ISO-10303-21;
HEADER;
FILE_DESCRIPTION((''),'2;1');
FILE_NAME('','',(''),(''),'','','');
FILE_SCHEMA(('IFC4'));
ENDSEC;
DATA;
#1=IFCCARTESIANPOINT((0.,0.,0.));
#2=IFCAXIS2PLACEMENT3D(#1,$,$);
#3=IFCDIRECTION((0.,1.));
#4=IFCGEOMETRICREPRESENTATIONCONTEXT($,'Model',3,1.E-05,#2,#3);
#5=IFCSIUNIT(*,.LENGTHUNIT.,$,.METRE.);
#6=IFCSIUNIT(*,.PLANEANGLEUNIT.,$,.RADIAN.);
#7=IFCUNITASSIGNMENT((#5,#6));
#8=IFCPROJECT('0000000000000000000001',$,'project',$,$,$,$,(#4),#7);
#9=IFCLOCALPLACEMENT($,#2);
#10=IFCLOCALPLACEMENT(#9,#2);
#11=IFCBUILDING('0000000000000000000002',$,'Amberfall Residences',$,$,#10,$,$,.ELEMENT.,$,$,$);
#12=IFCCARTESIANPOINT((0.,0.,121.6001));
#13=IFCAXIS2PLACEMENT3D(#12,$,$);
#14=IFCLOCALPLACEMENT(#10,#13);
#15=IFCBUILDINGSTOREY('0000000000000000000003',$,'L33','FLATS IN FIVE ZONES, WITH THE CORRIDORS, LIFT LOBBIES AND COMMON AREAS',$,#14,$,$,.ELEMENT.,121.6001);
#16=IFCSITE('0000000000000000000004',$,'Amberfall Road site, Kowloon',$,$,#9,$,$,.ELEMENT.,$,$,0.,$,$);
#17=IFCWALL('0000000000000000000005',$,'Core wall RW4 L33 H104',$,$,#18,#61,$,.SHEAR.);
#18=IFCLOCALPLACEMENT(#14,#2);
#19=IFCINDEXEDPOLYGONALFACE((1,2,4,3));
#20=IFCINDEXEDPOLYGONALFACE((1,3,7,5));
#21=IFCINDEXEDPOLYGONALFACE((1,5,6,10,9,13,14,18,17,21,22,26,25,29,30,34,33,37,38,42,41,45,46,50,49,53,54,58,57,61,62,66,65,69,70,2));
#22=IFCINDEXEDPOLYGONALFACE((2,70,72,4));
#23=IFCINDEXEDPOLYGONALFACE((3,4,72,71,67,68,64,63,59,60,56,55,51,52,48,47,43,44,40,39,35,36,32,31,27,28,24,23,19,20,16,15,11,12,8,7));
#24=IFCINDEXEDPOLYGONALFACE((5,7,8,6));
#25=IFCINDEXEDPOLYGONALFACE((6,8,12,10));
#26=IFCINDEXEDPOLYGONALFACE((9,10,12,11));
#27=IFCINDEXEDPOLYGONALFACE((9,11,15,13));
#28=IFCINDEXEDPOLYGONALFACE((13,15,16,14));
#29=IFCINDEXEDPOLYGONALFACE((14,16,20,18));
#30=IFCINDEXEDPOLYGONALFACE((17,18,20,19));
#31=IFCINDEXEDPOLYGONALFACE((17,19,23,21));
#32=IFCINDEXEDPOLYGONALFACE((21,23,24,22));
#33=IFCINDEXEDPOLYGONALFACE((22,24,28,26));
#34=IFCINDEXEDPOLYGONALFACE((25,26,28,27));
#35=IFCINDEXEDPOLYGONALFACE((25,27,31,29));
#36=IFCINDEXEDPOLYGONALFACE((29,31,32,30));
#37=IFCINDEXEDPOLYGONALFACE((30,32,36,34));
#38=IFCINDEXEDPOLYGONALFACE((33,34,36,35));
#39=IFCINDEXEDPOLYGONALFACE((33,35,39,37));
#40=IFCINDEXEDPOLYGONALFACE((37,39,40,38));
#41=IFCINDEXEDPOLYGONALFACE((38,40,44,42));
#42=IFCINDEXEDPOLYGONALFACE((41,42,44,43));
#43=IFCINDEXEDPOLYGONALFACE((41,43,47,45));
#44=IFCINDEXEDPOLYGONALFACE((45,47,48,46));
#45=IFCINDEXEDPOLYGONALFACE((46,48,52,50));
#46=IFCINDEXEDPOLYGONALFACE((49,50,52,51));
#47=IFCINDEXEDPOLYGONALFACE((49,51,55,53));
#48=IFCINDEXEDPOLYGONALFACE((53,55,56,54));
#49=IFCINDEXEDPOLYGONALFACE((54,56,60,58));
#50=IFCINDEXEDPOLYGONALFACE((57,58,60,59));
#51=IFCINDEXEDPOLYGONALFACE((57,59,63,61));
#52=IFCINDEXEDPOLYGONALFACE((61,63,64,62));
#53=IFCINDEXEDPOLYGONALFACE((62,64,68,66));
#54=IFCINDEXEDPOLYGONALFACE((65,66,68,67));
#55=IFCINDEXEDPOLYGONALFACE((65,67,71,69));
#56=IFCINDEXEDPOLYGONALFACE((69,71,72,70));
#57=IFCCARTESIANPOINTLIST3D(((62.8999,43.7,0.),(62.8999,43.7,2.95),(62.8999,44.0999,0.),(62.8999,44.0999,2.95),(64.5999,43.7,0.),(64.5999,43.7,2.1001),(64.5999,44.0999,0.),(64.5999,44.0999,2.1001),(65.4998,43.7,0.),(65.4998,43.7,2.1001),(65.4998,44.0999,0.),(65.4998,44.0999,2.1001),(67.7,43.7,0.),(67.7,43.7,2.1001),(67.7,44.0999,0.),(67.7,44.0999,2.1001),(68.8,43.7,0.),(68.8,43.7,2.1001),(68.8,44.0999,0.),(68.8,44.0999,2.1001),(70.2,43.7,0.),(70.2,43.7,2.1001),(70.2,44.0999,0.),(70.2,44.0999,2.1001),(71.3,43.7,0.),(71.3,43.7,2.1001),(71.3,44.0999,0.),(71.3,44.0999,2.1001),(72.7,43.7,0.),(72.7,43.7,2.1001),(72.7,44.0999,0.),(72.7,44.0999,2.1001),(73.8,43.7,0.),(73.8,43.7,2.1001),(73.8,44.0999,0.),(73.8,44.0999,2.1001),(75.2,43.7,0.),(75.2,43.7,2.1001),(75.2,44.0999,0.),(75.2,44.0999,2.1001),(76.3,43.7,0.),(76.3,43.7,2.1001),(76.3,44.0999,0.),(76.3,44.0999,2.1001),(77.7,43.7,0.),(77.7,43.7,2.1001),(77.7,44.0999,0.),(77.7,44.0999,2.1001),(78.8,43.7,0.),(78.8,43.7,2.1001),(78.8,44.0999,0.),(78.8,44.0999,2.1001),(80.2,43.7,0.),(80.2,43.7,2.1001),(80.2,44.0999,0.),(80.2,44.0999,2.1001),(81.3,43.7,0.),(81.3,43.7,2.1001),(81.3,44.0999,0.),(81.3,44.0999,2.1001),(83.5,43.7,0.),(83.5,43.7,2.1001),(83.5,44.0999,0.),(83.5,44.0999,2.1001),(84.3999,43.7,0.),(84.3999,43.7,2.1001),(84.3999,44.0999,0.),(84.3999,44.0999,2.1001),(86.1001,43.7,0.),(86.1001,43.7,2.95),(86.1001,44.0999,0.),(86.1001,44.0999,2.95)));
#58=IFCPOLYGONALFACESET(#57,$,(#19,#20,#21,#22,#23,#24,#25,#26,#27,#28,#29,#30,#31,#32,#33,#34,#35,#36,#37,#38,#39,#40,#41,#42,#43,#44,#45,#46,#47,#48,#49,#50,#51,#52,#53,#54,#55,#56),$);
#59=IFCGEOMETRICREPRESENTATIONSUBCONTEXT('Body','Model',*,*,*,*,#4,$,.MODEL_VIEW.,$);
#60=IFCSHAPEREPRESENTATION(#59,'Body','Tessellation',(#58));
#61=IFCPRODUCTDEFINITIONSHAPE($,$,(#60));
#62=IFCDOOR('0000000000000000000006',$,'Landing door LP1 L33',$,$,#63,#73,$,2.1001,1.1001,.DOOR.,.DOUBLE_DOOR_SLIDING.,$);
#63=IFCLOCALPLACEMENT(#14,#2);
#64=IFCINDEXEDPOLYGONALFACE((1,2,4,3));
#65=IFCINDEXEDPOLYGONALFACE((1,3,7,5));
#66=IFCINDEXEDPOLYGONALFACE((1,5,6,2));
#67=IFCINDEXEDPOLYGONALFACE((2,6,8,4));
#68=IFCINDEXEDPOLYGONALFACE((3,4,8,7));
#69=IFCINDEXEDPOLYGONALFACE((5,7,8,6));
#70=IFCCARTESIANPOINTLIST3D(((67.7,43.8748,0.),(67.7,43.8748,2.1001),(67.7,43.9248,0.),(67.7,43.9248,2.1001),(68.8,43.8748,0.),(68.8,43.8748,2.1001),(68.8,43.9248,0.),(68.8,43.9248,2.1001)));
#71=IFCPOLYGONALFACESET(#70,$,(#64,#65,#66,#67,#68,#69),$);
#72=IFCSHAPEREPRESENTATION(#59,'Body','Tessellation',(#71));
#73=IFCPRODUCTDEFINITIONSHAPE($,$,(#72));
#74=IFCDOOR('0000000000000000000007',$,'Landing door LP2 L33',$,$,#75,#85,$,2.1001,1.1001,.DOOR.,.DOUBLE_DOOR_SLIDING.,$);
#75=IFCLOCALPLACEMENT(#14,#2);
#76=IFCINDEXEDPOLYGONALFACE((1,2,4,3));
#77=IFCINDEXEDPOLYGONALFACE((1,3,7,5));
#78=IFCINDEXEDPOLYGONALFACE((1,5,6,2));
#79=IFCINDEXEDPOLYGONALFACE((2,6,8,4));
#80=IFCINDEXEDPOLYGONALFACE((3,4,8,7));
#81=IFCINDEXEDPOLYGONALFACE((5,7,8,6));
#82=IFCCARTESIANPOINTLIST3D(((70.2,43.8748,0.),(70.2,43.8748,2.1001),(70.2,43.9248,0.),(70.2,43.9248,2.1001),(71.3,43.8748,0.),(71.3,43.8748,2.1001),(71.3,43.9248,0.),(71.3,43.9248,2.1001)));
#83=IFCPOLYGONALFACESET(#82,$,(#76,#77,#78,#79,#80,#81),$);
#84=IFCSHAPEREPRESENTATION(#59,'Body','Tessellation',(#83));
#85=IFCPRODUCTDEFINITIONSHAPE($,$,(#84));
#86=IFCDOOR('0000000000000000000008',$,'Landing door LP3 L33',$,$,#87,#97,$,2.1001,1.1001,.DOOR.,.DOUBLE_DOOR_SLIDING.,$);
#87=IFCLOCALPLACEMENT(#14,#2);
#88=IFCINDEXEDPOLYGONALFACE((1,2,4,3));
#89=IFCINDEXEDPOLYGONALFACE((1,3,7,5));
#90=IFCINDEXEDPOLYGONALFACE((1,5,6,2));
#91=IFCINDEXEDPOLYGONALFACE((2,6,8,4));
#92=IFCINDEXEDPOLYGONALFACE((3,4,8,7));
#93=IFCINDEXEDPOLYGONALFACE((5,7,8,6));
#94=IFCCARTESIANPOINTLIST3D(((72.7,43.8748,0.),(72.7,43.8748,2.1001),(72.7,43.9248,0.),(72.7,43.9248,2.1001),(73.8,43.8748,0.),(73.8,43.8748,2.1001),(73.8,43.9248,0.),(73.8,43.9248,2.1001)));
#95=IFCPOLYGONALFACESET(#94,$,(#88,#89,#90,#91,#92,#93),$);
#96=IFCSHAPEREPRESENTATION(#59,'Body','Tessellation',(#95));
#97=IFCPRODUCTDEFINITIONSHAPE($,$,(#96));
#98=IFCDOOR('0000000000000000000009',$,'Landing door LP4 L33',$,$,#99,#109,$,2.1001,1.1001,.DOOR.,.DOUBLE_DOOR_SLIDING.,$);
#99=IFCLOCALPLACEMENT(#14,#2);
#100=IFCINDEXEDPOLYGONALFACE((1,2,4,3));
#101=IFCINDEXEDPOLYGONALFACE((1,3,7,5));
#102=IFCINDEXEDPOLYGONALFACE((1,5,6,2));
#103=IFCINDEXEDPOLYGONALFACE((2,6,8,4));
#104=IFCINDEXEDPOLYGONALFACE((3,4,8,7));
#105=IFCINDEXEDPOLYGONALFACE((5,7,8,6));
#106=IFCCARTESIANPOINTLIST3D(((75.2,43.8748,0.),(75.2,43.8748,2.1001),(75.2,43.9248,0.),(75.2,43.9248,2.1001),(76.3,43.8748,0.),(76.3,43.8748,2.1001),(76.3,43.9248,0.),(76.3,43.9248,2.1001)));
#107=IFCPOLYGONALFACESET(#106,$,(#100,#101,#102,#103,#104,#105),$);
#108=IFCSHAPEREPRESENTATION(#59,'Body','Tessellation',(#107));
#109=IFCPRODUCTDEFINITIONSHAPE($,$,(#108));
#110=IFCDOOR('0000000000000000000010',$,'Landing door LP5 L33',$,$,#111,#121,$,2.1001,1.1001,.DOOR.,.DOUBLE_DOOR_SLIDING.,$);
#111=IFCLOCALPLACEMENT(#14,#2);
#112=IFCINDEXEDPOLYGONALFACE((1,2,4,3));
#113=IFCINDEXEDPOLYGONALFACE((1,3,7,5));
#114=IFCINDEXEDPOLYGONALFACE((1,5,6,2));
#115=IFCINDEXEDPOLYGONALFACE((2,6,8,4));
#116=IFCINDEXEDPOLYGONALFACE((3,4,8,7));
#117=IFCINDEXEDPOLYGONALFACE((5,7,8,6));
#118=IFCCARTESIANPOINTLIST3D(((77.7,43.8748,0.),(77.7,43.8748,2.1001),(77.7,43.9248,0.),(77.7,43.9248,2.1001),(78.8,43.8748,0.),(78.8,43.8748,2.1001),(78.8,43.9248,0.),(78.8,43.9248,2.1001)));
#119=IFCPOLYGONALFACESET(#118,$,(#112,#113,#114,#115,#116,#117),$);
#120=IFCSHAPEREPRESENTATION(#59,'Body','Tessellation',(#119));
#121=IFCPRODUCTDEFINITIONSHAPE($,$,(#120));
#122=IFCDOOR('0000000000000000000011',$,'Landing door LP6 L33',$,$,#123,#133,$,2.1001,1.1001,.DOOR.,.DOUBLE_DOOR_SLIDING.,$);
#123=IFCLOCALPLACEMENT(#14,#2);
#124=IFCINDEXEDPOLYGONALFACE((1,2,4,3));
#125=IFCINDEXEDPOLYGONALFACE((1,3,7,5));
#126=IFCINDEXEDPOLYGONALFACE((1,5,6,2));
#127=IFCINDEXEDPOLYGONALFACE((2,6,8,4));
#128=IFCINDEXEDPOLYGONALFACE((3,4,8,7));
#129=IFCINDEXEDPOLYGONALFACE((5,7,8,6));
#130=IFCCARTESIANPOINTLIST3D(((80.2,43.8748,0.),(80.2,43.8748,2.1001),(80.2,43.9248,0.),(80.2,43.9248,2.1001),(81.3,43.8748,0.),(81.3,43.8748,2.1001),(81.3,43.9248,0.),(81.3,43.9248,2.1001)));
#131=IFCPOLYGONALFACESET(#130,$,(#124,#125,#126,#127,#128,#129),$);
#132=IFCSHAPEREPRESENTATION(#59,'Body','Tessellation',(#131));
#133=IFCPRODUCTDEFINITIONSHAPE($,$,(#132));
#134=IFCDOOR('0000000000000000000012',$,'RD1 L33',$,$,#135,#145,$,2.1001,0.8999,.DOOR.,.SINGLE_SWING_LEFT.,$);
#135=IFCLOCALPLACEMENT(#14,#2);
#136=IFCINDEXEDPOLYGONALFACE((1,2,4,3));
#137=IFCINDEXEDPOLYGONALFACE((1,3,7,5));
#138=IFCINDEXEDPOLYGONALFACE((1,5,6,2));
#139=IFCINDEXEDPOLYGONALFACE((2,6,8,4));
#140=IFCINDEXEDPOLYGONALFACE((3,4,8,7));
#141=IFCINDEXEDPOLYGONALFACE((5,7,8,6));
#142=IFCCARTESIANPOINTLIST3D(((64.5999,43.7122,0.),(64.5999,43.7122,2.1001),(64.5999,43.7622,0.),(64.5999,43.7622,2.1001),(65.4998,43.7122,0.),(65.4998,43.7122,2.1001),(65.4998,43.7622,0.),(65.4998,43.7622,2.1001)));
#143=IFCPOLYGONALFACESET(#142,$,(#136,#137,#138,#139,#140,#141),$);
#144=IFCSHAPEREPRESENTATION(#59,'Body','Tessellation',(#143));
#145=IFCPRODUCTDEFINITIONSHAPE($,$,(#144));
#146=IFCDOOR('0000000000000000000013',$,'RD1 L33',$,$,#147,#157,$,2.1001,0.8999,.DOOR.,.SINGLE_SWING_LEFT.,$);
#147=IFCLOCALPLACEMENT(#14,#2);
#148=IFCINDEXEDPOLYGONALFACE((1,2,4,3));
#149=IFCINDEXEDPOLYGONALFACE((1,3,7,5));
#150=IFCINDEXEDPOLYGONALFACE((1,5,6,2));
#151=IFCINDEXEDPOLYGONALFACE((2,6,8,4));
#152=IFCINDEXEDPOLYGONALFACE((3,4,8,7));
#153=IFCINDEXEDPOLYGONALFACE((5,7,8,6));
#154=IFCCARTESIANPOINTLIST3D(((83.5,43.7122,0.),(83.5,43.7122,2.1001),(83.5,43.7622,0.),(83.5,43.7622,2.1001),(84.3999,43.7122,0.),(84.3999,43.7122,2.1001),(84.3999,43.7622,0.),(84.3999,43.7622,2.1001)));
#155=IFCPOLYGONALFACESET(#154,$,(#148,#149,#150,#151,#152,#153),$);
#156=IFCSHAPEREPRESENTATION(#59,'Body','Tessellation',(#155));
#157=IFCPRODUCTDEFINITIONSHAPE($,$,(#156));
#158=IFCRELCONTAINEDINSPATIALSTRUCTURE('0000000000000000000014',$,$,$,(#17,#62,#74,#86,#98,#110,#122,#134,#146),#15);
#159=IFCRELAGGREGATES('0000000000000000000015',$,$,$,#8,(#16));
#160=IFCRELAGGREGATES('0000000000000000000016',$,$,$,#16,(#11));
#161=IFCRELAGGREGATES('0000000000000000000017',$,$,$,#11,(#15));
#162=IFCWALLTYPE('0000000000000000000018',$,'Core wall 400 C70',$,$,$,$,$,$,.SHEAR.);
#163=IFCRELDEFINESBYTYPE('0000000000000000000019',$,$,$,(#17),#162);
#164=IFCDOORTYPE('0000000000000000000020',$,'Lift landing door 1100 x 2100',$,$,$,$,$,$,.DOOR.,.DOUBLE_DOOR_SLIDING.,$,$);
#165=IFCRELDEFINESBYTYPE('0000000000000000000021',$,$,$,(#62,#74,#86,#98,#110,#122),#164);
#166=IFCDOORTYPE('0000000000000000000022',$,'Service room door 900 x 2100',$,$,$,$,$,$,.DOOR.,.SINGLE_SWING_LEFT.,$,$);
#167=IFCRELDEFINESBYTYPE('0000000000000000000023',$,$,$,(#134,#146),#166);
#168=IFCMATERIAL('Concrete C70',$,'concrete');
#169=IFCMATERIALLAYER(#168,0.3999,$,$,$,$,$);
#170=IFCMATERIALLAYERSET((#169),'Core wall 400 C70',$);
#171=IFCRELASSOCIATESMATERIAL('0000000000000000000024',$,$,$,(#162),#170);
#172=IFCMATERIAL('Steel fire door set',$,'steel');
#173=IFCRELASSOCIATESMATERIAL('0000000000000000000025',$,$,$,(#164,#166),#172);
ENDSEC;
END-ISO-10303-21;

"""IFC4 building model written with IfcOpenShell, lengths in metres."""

from ifc_helpers import new_model, si_unit, direction, frame, frame_2d, origin, place, context, subcontext, project, spatial, rectangle, extrude, material, layer, layer_set, type_object, element, fill, save


model = new_model("IFC4")

# Units and contexts
model_context = context("Model", 3, precision=1e-05, world=origin(), true_north=direction((0.0, 1.0)))
body_context = subcontext(model_context, "Body", "Model", "MODEL_VIEW")
ifc_project = project(units=[si_unit("LENGTHUNIT", "METRE"), si_unit("PLANEANGLEUNIT", "RADIAN")], contexts=[model_context])

# Site, building, storey
site_placement = place(None, origin())
site = spatial("IfcSite", under=ifc_project, at=site_placement, Name="Amberfall Road site, Kowloon", CompositionType="ELEMENT", RefElevation=0.0)
building_placement = place(site_placement, origin())
building = spatial("IfcBuilding", under=site, at=building_placement, Name="Amberfall Residences", CompositionType="ELEMENT")
storey_placement = place(building_placement, frame((0.0, 0.0, 121.6001)))
storey = spatial("IfcBuildingStorey", under=building, at=storey_placement, Name="L33", Description="FLATS IN FIVE ZONES, WITH THE CORRIDORS, LIFT LOBBIES AND COMMON AREAS", CompositionType="ELEMENT", Elevation=121.6001)

# Shared definitions
ifc_material_1 = material(Name="Concrete C70", Category="concrete")
ifc_layer = layer(ifc_material_1, 0.3999)
ifc_layer_set = layer_set([ifc_layer], Name="Core wall 400 C70")
wall_type = type_object("IfcWallType", Name="Core wall 400 C70", PredefinedType="SHEAR", material=ifc_layer_set)

# Wall, openings, doors
wall_1_placement = place(storey_placement, frame((62.8999, 43.8999, 0.0), z_axis=(0.0, 0.0, 1.0), x_axis=(1.0, 0.0, 0.0)))
wall_1 = element("IfcWall", 1, at=wall_1_placement, inside=storey, type_object=wall_type, Name="Core wall RW4 L33 H104", PredefinedType="SHEAR", context=body_context, shape_type="SweptSolid", body=[
    extrude(rectangle(XDim=23.2002, YDim=0.3999, at=frame_2d((11.6001, 0.0))), origin(), (0.0, 0.0, 1.0), 2.95),
])
opening_1_placement = place(wall_1_placement, frame((1.7, 0.0, 0.0)))
opening_1 = element("IfcOpeningElement", 2, at=opening_1_placement, cuts=wall_1, PredefinedType="OPENING", context=body_context, shape_type="SweptSolid", body=[
    extrude(rectangle(XDim=0.8999, YDim=2.1001, at=frame_2d((0.45, 1.05))), frame((0.0, 0.21, 0.0), z_axis=(0.0, -1.0, 0.0), x_axis=(1.0, 0.0, 0.0)), (0.0, 0.0, 1.0), 0.4199),
])
opening_2_placement = place(wall_1_placement, frame((20.6001, 0.0, 0.0)))
opening_2 = element("IfcOpeningElement", 3, at=opening_2_placement, cuts=wall_1, PredefinedType="OPENING", context=body_context, shape_type="SweptSolid", body=[
    extrude(rectangle(XDim=0.8999, YDim=2.1001, at=frame_2d((0.45, 1.05))), frame((0.0, 0.21, 0.0), z_axis=(0.0, -1.0, 0.0), x_axis=(1.0, 0.0, 0.0)), (0.0, 0.0, 1.0), 0.4199),
])
opening_3_placement = place(wall_1_placement, frame((4.8, 0.0, 0.0)))
opening_3 = element("IfcOpeningElement", 4, at=opening_3_placement, cuts=wall_1, PredefinedType="OPENING", context=body_context, shape_type="SweptSolid", body=[
    extrude(rectangle(XDim=1.1001, YDim=2.1001, at=frame_2d((0.55, 1.05))), frame((0.0, 0.21, 0.0), z_axis=(0.0, -1.0, 0.0), x_axis=(1.0, 0.0, 0.0)), (0.0, 0.0, 1.0), 0.4199),
])
opening_4_placement = place(wall_1_placement, frame((7.3, 0.0, 0.0)))
opening_4 = element("IfcOpeningElement", 5, at=opening_4_placement, cuts=wall_1, PredefinedType="OPENING", context=body_context, shape_type="SweptSolid", body=[
    extrude(rectangle(XDim=1.1001, YDim=2.1001, at=frame_2d((0.55, 1.05))), frame((0.0, 0.21, 0.0), z_axis=(0.0, -1.0, 0.0), x_axis=(1.0, 0.0, 0.0)), (0.0, 0.0, 1.0), 0.4199),
])
opening_5_placement = place(wall_1_placement, frame((9.8, 0.0, 0.0)))
opening_5 = element("IfcOpeningElement", 6, at=opening_5_placement, cuts=wall_1, PredefinedType="OPENING", context=body_context, shape_type="SweptSolid", body=[
    extrude(rectangle(XDim=1.1001, YDim=2.1001, at=frame_2d((0.55, 1.05))), frame((0.0, 0.21, 0.0), z_axis=(0.0, -1.0, 0.0), x_axis=(1.0, 0.0, 0.0)), (0.0, 0.0, 1.0), 0.4199),
])
opening_6_placement = place(wall_1_placement, frame((12.3, 0.0, 0.0)))
opening_6 = element("IfcOpeningElement", 7, at=opening_6_placement, cuts=wall_1, PredefinedType="OPENING", context=body_context, shape_type="SweptSolid", body=[
    extrude(rectangle(XDim=1.1001, YDim=2.1001, at=frame_2d((0.55, 1.05))), frame((0.0, 0.21, 0.0), z_axis=(0.0, -1.0, 0.0), x_axis=(1.0, 0.0, 0.0)), (0.0, 0.0, 1.0), 0.4199),
])
opening_7_placement = place(wall_1_placement, frame((14.8, 0.0, 0.0)))
opening_7 = element("IfcOpeningElement", 8, at=opening_7_placement, cuts=wall_1, PredefinedType="OPENING", context=body_context, shape_type="SweptSolid", body=[
    extrude(rectangle(XDim=1.1001, YDim=2.1001, at=frame_2d((0.55, 1.05))), frame((0.0, 0.21, 0.0), z_axis=(0.0, -1.0, 0.0), x_axis=(1.0, 0.0, 0.0)), (0.0, 0.0, 1.0), 0.4199),
])
opening_8_placement = place(wall_1_placement, frame((17.3, 0.0, 0.0)))
opening_8 = element("IfcOpeningElement", 9, at=opening_8_placement, cuts=wall_1, PredefinedType="OPENING", context=body_context, shape_type="SweptSolid", body=[
    extrude(rectangle(XDim=1.1001, YDim=2.1001, at=frame_2d((0.55, 1.05))), frame((0.0, 0.21, 0.0), z_axis=(0.0, -1.0, 0.0), x_axis=(1.0, 0.0, 0.0)), (0.0, 0.0, 1.0), 0.4199),
])
ifc_material_2 = material(Name="Steel fire door set", Category="steel")
door_type_1 = type_object("IfcDoorType", Name="Lift landing door 1100 x 2100", OperationType="DOUBLE_DOOR_SLIDING", PredefinedType="DOOR", material=ifc_material_2)
door_1_placement = place(opening_3_placement, origin())
door_1 = element("IfcDoor", 10, at=door_1_placement, inside=storey, type_object=door_type_1, Name="Landing door LP1 L33", OperationType="DOUBLE_DOOR_SLIDING", OverallHeight=2.1001, OverallWidth=1.1001, PredefinedType="DOOR", context=body_context, shape_type="SweptSolid", body=[
    extrude(rectangle(XDim=1.1001, YDim=2.1001, at=frame_2d((0.55, 1.05))), frame((0.0, 0.0249, 0.0), z_axis=(0.0, -1.0, 0.0), x_axis=(1.0, 0.0, 0.0)), (0.0, 0.0, 1.0), 0.05),
])
fill(opening_3, door_1)
door_2_placement = place(opening_4_placement, origin())
door_2 = element("IfcDoor", 11, at=door_2_placement, inside=storey, type_object=door_type_1, Name="Landing door LP2 L33", OperationType="DOUBLE_DOOR_SLIDING", OverallHeight=2.1001, OverallWidth=1.1001, PredefinedType="DOOR", context=body_context, shape_type="SweptSolid", body=[
    extrude(rectangle(XDim=1.1001, YDim=2.1001, at=frame_2d((0.55, 1.05))), frame((0.0, 0.0249, 0.0), z_axis=(0.0, -1.0, 0.0), x_axis=(1.0, 0.0, 0.0)), (0.0, 0.0, 1.0), 0.05),
])
fill(opening_4, door_2)
door_3_placement = place(opening_5_placement, origin())
door_3 = element("IfcDoor", 12, at=door_3_placement, inside=storey, type_object=door_type_1, Name="Landing door LP3 L33", OperationType="DOUBLE_DOOR_SLIDING", OverallHeight=2.1001, OverallWidth=1.1001, PredefinedType="DOOR", context=body_context, shape_type="SweptSolid", body=[
    extrude(rectangle(XDim=1.1001, YDim=2.1001, at=frame_2d((0.55, 1.05))), frame((0.0, 0.0249, 0.0), z_axis=(0.0, -1.0, 0.0), x_axis=(1.0, 0.0, 0.0)), (0.0, 0.0, 1.0), 0.05),
])
fill(opening_5, door_3)
door_4_placement = place(opening_6_placement, origin())
door_4 = element("IfcDoor", 13, at=door_4_placement, inside=storey, type_object=door_type_1, Name="Landing door LP4 L33", OperationType="DOUBLE_DOOR_SLIDING", OverallHeight=2.1001, OverallWidth=1.1001, PredefinedType="DOOR", context=body_context, shape_type="SweptSolid", body=[
    extrude(rectangle(XDim=1.1001, YDim=2.1001, at=frame_2d((0.55, 1.05))), frame((0.0, 0.0249, 0.0), z_axis=(0.0, -1.0, 0.0), x_axis=(1.0, 0.0, 0.0)), (0.0, 0.0, 1.0), 0.05),
])
fill(opening_6, door_4)
door_5_placement = place(opening_7_placement, origin())
door_5 = element("IfcDoor", 14, at=door_5_placement, inside=storey, type_object=door_type_1, Name="Landing door LP5 L33", OperationType="DOUBLE_DOOR_SLIDING", OverallHeight=2.1001, OverallWidth=1.1001, PredefinedType="DOOR", context=body_context, shape_type="SweptSolid", body=[
    extrude(rectangle(XDim=1.1001, YDim=2.1001, at=frame_2d((0.55, 1.05))), frame((0.0, 0.0249, 0.0), z_axis=(0.0, -1.0, 0.0), x_axis=(1.0, 0.0, 0.0)), (0.0, 0.0, 1.0), 0.05),
])
fill(opening_7, door_5)
door_6_placement = place(opening_8_placement, origin())
door_6 = element("IfcDoor", 15, at=door_6_placement, inside=storey, type_object=door_type_1, Name="Landing door LP6 L33", OperationType="DOUBLE_DOOR_SLIDING", OverallHeight=2.1001, OverallWidth=1.1001, PredefinedType="DOOR", context=body_context, shape_type="SweptSolid", body=[
    extrude(rectangle(XDim=1.1001, YDim=2.1001, at=frame_2d((0.55, 1.05))), frame((0.0, 0.0249, 0.0), z_axis=(0.0, -1.0, 0.0), x_axis=(1.0, 0.0, 0.0)), (0.0, 0.0, 1.0), 0.05),
])
fill(opening_8, door_6)
door_type_2 = type_object("IfcDoorType", Name="Service room door 900 x 2100", OperationType="SINGLE_SWING_LEFT", PredefinedType="DOOR", material=ifc_material_2)
door_7_placement = place(opening_1_placement, origin())
door_7 = element("IfcDoor", 16, at=door_7_placement, inside=storey, type_object=door_type_2, Name="RD1 L33", OperationType="SINGLE_SWING_LEFT", OverallHeight=2.1001, OverallWidth=0.8999, PredefinedType="DOOR", context=body_context, shape_type="SweptSolid", body=[
    extrude(rectangle(XDim=0.8999, YDim=2.1001, at=frame_2d((0.45, 1.05))), frame((0.0, -0.1377, 0.0), z_axis=(0.0, -1.0, 0.0), x_axis=(1.0, 0.0, 0.0)), (0.0, 0.0, 1.0), 0.05),
])
fill(opening_1, door_7)
door_8_placement = place(opening_2_placement, origin())
door_8 = element("IfcDoor", 17, at=door_8_placement, inside=storey, type_object=door_type_2, Name="RD1 L33", OperationType="SINGLE_SWING_LEFT", OverallHeight=2.1001, OverallWidth=0.8999, PredefinedType="DOOR", context=body_context, shape_type="SweptSolid", body=[
    extrude(rectangle(XDim=0.8999, YDim=2.1001, at=frame_2d((0.45, 1.05))), frame((0.0, -0.1377, 0.0), z_axis=(0.0, -1.0, 0.0), x_axis=(1.0, 0.0, 0.0)), (0.0, 0.0, 1.0), 0.05),
])
fill(opening_2, door_8)

save(model, "model.ifc")
